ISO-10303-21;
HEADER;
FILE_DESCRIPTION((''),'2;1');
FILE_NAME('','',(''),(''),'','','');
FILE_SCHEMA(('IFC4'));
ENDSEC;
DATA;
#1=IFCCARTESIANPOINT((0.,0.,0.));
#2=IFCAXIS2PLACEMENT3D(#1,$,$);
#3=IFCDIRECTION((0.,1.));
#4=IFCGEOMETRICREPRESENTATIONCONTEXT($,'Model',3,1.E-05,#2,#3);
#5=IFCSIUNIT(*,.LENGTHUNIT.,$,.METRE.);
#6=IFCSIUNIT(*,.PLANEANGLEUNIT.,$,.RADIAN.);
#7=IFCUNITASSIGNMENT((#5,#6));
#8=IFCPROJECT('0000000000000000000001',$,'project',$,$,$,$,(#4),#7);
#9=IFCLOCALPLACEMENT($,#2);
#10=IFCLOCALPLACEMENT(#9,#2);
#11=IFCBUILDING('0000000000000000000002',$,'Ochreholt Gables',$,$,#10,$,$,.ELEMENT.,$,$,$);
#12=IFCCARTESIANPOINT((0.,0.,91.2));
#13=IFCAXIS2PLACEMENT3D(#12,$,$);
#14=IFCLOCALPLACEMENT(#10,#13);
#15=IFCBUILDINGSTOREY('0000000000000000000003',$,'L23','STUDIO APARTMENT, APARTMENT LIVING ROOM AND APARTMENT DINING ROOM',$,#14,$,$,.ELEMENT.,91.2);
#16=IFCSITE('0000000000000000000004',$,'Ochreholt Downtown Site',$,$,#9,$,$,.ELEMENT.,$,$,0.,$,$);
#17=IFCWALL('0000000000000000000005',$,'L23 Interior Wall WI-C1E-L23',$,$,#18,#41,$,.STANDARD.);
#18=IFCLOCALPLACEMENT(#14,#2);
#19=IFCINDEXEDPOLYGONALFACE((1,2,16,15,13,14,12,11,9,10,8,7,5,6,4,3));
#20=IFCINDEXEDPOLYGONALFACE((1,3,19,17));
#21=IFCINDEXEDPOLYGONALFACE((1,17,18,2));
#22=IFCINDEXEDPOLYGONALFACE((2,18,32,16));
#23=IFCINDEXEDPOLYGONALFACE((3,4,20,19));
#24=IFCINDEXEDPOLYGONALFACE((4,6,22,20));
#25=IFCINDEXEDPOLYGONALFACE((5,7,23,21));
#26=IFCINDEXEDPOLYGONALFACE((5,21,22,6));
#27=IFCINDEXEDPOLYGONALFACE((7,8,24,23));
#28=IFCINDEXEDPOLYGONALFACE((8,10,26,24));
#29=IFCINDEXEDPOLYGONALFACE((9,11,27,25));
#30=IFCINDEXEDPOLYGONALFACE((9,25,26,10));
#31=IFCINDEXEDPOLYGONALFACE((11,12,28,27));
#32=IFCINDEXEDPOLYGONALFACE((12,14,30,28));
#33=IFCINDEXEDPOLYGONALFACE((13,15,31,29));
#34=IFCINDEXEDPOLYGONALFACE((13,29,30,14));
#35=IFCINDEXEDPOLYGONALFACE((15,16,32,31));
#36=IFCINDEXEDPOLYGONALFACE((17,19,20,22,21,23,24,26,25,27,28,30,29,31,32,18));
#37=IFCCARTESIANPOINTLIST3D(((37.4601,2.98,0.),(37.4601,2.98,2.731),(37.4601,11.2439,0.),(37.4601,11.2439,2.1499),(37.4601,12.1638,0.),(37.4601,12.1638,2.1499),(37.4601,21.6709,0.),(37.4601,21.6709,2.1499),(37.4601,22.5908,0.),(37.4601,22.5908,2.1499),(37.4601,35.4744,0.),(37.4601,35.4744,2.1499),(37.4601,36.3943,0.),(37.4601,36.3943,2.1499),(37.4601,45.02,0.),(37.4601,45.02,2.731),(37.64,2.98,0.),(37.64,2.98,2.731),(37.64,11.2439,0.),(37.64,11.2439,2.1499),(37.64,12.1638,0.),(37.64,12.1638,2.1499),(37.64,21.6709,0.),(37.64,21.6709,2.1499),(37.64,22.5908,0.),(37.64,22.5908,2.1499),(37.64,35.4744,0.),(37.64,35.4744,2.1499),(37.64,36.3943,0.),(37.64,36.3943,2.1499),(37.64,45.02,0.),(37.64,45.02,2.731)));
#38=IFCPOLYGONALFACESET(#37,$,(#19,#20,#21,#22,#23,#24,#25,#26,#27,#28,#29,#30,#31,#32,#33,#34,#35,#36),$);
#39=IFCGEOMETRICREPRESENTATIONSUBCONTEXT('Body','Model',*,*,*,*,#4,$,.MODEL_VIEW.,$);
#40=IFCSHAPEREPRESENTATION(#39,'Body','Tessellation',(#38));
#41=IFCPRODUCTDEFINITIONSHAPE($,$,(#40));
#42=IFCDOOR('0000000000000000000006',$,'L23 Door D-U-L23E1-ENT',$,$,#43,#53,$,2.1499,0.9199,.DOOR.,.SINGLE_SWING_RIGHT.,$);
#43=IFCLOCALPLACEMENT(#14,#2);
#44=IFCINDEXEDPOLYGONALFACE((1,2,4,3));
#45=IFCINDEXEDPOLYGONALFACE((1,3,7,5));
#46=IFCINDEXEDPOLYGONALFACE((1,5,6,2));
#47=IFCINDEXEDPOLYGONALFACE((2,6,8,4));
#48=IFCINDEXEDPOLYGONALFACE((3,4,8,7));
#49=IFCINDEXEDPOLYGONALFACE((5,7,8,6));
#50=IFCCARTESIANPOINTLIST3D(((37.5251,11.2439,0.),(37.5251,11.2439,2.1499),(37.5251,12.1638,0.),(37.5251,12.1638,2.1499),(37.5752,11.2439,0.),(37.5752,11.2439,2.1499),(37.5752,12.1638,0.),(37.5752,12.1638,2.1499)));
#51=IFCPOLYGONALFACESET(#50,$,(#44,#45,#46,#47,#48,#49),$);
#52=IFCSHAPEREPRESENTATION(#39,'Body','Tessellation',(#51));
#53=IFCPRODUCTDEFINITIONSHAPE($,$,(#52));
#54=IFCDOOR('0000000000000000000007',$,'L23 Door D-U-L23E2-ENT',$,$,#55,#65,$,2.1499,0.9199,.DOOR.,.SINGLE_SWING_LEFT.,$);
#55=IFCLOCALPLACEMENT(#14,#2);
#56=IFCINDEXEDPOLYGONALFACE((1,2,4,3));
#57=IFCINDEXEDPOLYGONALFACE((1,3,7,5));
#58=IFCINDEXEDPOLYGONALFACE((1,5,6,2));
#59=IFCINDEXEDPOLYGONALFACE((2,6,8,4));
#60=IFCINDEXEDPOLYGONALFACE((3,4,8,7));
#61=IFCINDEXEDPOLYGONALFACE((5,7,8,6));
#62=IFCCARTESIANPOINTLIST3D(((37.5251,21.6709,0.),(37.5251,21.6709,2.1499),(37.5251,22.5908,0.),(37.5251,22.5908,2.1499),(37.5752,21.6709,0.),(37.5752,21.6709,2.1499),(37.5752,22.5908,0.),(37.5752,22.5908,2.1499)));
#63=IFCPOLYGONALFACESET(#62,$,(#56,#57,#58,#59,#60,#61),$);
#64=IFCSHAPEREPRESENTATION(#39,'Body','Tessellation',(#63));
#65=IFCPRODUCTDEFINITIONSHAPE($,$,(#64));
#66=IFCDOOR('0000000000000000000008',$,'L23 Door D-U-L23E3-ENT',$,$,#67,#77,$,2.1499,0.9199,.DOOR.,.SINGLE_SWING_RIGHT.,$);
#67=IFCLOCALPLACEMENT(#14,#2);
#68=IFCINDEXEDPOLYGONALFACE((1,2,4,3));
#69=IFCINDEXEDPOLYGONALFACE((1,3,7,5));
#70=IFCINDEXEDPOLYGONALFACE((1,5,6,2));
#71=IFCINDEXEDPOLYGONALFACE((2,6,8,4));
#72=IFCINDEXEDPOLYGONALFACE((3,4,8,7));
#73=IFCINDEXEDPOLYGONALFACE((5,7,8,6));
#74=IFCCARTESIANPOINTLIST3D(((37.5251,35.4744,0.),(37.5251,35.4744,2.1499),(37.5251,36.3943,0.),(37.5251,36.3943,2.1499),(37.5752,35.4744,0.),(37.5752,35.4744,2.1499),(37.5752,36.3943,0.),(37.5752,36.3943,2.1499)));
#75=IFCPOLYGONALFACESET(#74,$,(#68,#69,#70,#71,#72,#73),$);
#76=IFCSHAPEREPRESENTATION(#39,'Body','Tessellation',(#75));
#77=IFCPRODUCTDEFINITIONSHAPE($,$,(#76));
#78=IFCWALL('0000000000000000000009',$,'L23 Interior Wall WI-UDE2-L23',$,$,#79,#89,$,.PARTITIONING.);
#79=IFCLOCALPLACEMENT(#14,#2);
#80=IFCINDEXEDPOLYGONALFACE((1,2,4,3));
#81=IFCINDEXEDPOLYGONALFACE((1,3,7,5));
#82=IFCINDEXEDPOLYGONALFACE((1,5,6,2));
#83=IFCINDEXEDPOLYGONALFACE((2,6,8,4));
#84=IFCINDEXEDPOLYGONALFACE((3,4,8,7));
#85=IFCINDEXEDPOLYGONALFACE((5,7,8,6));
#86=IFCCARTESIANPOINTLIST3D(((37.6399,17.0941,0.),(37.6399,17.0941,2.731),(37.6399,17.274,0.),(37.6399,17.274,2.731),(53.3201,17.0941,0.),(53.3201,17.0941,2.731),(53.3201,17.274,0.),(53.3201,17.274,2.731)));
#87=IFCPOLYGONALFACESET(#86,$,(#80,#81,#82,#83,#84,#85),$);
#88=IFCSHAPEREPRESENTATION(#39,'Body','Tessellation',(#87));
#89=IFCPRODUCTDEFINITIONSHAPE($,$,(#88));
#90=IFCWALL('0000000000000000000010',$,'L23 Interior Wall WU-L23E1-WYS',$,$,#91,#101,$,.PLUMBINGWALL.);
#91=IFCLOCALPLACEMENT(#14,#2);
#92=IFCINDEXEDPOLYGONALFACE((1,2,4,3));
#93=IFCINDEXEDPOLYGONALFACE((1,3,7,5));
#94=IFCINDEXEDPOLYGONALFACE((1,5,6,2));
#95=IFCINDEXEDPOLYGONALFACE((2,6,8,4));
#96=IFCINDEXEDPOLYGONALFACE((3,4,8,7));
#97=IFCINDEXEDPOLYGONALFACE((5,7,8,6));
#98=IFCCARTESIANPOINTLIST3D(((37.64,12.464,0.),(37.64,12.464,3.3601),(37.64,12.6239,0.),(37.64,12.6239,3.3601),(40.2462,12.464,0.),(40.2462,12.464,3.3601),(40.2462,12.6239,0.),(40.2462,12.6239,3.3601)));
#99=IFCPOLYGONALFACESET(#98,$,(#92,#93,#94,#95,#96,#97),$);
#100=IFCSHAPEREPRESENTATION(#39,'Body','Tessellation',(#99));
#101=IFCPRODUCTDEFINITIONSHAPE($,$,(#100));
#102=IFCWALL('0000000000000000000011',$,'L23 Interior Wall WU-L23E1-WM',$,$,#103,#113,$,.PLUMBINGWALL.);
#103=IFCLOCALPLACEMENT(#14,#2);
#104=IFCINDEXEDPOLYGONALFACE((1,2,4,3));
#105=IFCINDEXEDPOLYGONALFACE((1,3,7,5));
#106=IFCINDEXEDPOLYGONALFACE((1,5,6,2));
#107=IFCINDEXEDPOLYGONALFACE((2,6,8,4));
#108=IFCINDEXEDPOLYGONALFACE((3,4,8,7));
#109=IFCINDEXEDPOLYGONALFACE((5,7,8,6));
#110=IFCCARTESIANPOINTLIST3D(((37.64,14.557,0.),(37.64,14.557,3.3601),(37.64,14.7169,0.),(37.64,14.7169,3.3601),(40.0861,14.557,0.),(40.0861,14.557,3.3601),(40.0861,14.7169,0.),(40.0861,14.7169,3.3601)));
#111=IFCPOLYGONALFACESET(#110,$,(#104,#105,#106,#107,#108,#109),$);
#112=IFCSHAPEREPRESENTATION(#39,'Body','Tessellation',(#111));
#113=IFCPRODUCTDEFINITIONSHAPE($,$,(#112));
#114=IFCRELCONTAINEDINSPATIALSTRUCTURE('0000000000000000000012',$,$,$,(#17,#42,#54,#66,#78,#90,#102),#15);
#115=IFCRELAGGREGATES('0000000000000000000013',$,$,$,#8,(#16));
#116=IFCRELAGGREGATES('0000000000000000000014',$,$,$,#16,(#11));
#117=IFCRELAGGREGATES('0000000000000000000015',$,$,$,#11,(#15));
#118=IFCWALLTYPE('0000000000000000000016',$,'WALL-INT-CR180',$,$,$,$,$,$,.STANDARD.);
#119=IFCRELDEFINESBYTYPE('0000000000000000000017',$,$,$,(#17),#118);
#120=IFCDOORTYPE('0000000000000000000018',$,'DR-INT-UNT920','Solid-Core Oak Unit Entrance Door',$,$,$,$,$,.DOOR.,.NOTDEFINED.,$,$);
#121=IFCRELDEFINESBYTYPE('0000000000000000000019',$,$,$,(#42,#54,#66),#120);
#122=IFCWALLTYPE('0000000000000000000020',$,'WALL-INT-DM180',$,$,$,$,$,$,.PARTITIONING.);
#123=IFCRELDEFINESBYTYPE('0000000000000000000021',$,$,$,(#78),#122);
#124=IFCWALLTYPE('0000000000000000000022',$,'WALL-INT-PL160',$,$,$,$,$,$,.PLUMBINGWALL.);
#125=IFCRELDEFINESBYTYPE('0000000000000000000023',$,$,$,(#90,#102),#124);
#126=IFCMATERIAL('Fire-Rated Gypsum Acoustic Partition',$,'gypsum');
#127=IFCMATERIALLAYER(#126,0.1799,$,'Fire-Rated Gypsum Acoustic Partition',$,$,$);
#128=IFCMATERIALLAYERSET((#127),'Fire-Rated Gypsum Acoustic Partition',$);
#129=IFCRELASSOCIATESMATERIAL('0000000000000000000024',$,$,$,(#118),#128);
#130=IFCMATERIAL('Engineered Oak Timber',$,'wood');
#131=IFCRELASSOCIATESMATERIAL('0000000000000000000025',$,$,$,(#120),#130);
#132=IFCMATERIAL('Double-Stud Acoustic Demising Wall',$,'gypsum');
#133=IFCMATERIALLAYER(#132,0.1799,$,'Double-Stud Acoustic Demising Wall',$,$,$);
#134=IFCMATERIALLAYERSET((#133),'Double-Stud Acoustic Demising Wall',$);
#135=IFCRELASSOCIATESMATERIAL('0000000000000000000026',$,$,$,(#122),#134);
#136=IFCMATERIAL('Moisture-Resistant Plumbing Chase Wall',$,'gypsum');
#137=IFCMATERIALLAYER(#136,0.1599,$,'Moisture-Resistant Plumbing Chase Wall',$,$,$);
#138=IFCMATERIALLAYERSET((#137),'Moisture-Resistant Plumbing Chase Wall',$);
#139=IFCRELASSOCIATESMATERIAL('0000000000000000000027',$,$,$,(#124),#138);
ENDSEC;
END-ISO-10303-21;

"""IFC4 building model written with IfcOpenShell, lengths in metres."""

from ifc_helpers import new_model, si_unit, direction, frame, frame_2d, origin, place, context, subcontext, project, spatial, rectangle, extrude, material, layer, layer_set, type_object, element, fill, save


model = new_model("IFC4")

# Units and contexts
model_context = context("Model", 3, precision=1e-05, world=origin(), true_north=direction((0.0, 1.0)))
body_context = subcontext(model_context, "Body", "Model", "MODEL_VIEW")
ifc_project = project(units=[si_unit("LENGTHUNIT", "METRE"), si_unit("PLANEANGLEUNIT", "RADIAN")], contexts=[model_context])

# Site, building, storey
site_placement = place(None, origin())
site = spatial("IfcSite", under=ifc_project, at=site_placement, Name="Ochreholt Downtown Site", CompositionType="ELEMENT", RefElevation=0.0)
building_placement = place(site_placement, origin())
building = spatial("IfcBuilding", under=site, at=building_placement, Name="Ochreholt Gables", CompositionType="ELEMENT")
storey_placement = place(building_placement, frame((0.0, 0.0, 91.2)))
storey = spatial("IfcBuildingStorey", under=building, at=storey_placement, Name="L23", Description="STUDIO APARTMENT, APARTMENT LIVING ROOM AND APARTMENT DINING ROOM", CompositionType="ELEMENT", Elevation=91.2)

# Wall, openings, doors
ifc_material_1 = material(Name="Fire-Rated Gypsum Acoustic Partition", Category="gypsum")
ifc_layer_1 = layer(ifc_material_1, 0.1799, Name="Fire-Rated Gypsum Acoustic Partition")
ifc_layer_set_1 = layer_set([ifc_layer_1], Name="Fire-Rated Gypsum Acoustic Partition")
wall_type_1 = type_object("IfcWallType", Name="WALL-INT-CR180", PredefinedType="STANDARD", material=ifc_layer_set_1)
wall_1_placement = place(storey_placement, frame((37.55, 2.98, 0.0), z_axis=(0.0, 0.0, 1.0), x_axis=(0.0, 1.0, 0.0)))
wall_1 = element("IfcWall", 1, at=wall_1_placement, inside=storey, type_object=wall_type_1, Name="L23 Interior Wall WI-C1E-L23", PredefinedType="STANDARD", context=body_context, shape_type="SweptSolid", body=[
    extrude(rectangle(XDim=42.04, YDim=0.1799, at=frame_2d((21.02, 0.0))), origin(), (0.0, 0.0, 1.0), 2.731),
])
opening_1_placement = place(wall_1_placement, frame((8.2639, 0.0, 0.0)))
opening_1 = element("IfcOpeningElement", 2, at=opening_1_placement, cuts=wall_1, PredefinedType="OPENING", context=body_context, shape_type="SweptSolid", body=[
    extrude(rectangle(XDim=0.9199, YDim=2.1499, at=frame_2d((0.46, 1.075))), frame((0.0, 0.0999, 0.0), z_axis=(0.0, -1.0, 0.0), x_axis=(1.0, 0.0, 0.0)), (0.0, 0.0, 1.0), 0.2),
])
opening_2_placement = place(wall_1_placement, frame((18.6909, 0.0, 0.0)))
opening_2 = element("IfcOpeningElement", 3, at=opening_2_placement, cuts=wall_1, PredefinedType="OPENING", context=body_context, shape_type="SweptSolid", body=[
    extrude(rectangle(XDim=0.9199, YDim=2.1499, at=frame_2d((0.46, 1.075))), frame((0.0, 0.0999, 0.0), z_axis=(0.0, -1.0, 0.0), x_axis=(1.0, 0.0, 0.0)), (0.0, 0.0, 1.0), 0.2),
])
opening_3_placement = place(wall_1_placement, frame((32.4944, 0.0, 0.0)))
opening_3 = element("IfcOpeningElement", 4, at=opening_3_placement, cuts=wall_1, PredefinedType="OPENING", context=body_context, shape_type="SweptSolid", body=[
    extrude(rectangle(XDim=0.9199, YDim=2.1499, at=frame_2d((0.46, 1.075))), frame((0.0, 0.0999, 0.0), z_axis=(0.0, -1.0, 0.0), x_axis=(1.0, 0.0, 0.0)), (0.0, 0.0, 1.0), 0.2),
])
ifc_material_2 = material(Name="Engineered Oak Timber", Category="wood")
door_type_1 = type_object("IfcDoorType", Name="DR-INT-UNT920", Description="Solid-Core Oak Unit Entrance Door", OperationType="NOTDEFINED", PredefinedType="DOOR", material=ifc_material_2)
door_1_placement = place(opening_1_placement, origin())
door_1 = element("IfcDoor", 5, at=door_1_placement, inside=storey, type_object=door_type_1, Name="L23 Door D-U-L23E1-ENT", OperationType="SINGLE_SWING_RIGHT", OverallHeight=2.1499, OverallWidth=0.9199, PredefinedType="DOOR", context=body_context, shape_type="SweptSolid", body=[
    extrude(rectangle(XDim=0.9199, YDim=2.1499, at=frame_2d((0.46, 1.075))), frame((0.0, 0.0249, 0.0), z_axis=(0.0, -1.0, 0.0), x_axis=(1.0, 0.0, 0.0)), (0.0, 0.0, 1.0), 0.05),
])
fill(opening_1, door_1)
door_2_placement = place(opening_2_placement, origin())
door_2 = element("IfcDoor", 6, at=door_2_placement, inside=storey, type_object=door_type_1, Name="L23 Door D-U-L23E2-ENT", OperationType="SINGLE_SWING_LEFT", OverallHeight=2.1499, OverallWidth=0.9199, PredefinedType="DOOR", context=body_context, shape_type="SweptSolid", body=[
    extrude(rectangle(XDim=0.9199, YDim=2.1499, at=frame_2d((0.46, 1.075))), frame((0.0, 0.0249, 0.0), z_axis=(0.0, -1.0, 0.0), x_axis=(1.0, 0.0, 0.0)), (0.0, 0.0, 1.0), 0.05),
])
fill(opening_2, door_2)
door_3_placement = place(opening_3_placement, origin())
door_3 = element("IfcDoor", 7, at=door_3_placement, inside=storey, type_object=door_type_1, Name="L23 Door D-U-L23E3-ENT", OperationType="SINGLE_SWING_RIGHT", OverallHeight=2.1499, OverallWidth=0.9199, PredefinedType="DOOR", context=body_context, shape_type="SweptSolid", body=[
    extrude(rectangle(XDim=0.9199, YDim=2.1499, at=frame_2d((0.46, 1.075))), frame((0.0, 0.0249, 0.0), z_axis=(0.0, -1.0, 0.0), x_axis=(1.0, 0.0, 0.0)), (0.0, 0.0, 1.0), 0.05),
])
fill(opening_3, door_3)

# Walls
ifc_material_3 = material(Name="Double-Stud Acoustic Demising Wall", Category="gypsum")
ifc_layer_2 = layer(ifc_material_3, 0.1799, Name="Double-Stud Acoustic Demising Wall")
ifc_layer_set_2 = layer_set([ifc_layer_2], Name="Double-Stud Acoustic Demising Wall")
wall_type_2 = type_object("IfcWallType", Name="WALL-INT-DM180", PredefinedType="PARTITIONING", material=ifc_layer_set_2)
wall_2_placement = place(storey_placement, frame((37.6399, 17.1841, 0.0), z_axis=(0.0, 0.0, 1.0), x_axis=(1.0, 0.0, 0.0)))
element("IfcWall", 8, at=wall_2_placement, inside=storey, type_object=wall_type_2, Name="L23 Interior Wall WI-UDE2-L23", PredefinedType="PARTITIONING", context=body_context, shape_type="SweptSolid", body=[
    extrude(rectangle(XDim=15.6802, YDim=0.1799, at=frame_2d((7.8401, 0.0))), origin(), (0.0, 0.0, 1.0), 2.731),
])
ifc_material_4 = material(Name="Moisture-Resistant Plumbing Chase Wall", Category="gypsum")
ifc_layer_3 = layer(ifc_material_4, 0.1599, Name="Moisture-Resistant Plumbing Chase Wall")
ifc_layer_set_3 = layer_set([ifc_layer_3], Name="Moisture-Resistant Plumbing Chase Wall")
wall_type_3 = type_object("IfcWallType", Name="WALL-INT-PL160", PredefinedType="PLUMBINGWALL", material=ifc_layer_set_3)
wall_3_placement = place(storey_placement, frame((37.6399, 12.5439, 0.0), z_axis=(0.0, 0.0, 1.0), x_axis=(1.0, 0.0, 0.0)))
element("IfcWall", 9, at=wall_3_placement, inside=storey, type_object=wall_type_3, Name="L23 Interior Wall WU-L23E1-WYS", PredefinedType="PLUMBINGWALL", context=body_context, shape_type="SweptSolid", body=[
    extrude(rectangle(XDim=2.6062, YDim=0.1599, at=frame_2d((1.3032, 0.0))), origin(), (0.0, 0.0, 1.0), 3.3601),
])

# Wall
wall_4_placement = place(storey_placement, frame((37.6399, 14.637, 0.0), z_axis=(0.0, 0.0, 1.0), x_axis=(1.0, 0.0, 0.0)))
element("IfcWall", 10, at=wall_4_placement, inside=storey, type_object=wall_type_3, Name="L23 Interior Wall WU-L23E1-WM", PredefinedType="PLUMBINGWALL", context=body_context, shape_type="SweptSolid", body=[
    extrude(rectangle(XDim=2.446, YDim=0.1599, at=frame_2d((1.2231, 0.0))), origin(), (0.0, 0.0, 1.0), 3.3601),
])

save(model, "model.ifc")
